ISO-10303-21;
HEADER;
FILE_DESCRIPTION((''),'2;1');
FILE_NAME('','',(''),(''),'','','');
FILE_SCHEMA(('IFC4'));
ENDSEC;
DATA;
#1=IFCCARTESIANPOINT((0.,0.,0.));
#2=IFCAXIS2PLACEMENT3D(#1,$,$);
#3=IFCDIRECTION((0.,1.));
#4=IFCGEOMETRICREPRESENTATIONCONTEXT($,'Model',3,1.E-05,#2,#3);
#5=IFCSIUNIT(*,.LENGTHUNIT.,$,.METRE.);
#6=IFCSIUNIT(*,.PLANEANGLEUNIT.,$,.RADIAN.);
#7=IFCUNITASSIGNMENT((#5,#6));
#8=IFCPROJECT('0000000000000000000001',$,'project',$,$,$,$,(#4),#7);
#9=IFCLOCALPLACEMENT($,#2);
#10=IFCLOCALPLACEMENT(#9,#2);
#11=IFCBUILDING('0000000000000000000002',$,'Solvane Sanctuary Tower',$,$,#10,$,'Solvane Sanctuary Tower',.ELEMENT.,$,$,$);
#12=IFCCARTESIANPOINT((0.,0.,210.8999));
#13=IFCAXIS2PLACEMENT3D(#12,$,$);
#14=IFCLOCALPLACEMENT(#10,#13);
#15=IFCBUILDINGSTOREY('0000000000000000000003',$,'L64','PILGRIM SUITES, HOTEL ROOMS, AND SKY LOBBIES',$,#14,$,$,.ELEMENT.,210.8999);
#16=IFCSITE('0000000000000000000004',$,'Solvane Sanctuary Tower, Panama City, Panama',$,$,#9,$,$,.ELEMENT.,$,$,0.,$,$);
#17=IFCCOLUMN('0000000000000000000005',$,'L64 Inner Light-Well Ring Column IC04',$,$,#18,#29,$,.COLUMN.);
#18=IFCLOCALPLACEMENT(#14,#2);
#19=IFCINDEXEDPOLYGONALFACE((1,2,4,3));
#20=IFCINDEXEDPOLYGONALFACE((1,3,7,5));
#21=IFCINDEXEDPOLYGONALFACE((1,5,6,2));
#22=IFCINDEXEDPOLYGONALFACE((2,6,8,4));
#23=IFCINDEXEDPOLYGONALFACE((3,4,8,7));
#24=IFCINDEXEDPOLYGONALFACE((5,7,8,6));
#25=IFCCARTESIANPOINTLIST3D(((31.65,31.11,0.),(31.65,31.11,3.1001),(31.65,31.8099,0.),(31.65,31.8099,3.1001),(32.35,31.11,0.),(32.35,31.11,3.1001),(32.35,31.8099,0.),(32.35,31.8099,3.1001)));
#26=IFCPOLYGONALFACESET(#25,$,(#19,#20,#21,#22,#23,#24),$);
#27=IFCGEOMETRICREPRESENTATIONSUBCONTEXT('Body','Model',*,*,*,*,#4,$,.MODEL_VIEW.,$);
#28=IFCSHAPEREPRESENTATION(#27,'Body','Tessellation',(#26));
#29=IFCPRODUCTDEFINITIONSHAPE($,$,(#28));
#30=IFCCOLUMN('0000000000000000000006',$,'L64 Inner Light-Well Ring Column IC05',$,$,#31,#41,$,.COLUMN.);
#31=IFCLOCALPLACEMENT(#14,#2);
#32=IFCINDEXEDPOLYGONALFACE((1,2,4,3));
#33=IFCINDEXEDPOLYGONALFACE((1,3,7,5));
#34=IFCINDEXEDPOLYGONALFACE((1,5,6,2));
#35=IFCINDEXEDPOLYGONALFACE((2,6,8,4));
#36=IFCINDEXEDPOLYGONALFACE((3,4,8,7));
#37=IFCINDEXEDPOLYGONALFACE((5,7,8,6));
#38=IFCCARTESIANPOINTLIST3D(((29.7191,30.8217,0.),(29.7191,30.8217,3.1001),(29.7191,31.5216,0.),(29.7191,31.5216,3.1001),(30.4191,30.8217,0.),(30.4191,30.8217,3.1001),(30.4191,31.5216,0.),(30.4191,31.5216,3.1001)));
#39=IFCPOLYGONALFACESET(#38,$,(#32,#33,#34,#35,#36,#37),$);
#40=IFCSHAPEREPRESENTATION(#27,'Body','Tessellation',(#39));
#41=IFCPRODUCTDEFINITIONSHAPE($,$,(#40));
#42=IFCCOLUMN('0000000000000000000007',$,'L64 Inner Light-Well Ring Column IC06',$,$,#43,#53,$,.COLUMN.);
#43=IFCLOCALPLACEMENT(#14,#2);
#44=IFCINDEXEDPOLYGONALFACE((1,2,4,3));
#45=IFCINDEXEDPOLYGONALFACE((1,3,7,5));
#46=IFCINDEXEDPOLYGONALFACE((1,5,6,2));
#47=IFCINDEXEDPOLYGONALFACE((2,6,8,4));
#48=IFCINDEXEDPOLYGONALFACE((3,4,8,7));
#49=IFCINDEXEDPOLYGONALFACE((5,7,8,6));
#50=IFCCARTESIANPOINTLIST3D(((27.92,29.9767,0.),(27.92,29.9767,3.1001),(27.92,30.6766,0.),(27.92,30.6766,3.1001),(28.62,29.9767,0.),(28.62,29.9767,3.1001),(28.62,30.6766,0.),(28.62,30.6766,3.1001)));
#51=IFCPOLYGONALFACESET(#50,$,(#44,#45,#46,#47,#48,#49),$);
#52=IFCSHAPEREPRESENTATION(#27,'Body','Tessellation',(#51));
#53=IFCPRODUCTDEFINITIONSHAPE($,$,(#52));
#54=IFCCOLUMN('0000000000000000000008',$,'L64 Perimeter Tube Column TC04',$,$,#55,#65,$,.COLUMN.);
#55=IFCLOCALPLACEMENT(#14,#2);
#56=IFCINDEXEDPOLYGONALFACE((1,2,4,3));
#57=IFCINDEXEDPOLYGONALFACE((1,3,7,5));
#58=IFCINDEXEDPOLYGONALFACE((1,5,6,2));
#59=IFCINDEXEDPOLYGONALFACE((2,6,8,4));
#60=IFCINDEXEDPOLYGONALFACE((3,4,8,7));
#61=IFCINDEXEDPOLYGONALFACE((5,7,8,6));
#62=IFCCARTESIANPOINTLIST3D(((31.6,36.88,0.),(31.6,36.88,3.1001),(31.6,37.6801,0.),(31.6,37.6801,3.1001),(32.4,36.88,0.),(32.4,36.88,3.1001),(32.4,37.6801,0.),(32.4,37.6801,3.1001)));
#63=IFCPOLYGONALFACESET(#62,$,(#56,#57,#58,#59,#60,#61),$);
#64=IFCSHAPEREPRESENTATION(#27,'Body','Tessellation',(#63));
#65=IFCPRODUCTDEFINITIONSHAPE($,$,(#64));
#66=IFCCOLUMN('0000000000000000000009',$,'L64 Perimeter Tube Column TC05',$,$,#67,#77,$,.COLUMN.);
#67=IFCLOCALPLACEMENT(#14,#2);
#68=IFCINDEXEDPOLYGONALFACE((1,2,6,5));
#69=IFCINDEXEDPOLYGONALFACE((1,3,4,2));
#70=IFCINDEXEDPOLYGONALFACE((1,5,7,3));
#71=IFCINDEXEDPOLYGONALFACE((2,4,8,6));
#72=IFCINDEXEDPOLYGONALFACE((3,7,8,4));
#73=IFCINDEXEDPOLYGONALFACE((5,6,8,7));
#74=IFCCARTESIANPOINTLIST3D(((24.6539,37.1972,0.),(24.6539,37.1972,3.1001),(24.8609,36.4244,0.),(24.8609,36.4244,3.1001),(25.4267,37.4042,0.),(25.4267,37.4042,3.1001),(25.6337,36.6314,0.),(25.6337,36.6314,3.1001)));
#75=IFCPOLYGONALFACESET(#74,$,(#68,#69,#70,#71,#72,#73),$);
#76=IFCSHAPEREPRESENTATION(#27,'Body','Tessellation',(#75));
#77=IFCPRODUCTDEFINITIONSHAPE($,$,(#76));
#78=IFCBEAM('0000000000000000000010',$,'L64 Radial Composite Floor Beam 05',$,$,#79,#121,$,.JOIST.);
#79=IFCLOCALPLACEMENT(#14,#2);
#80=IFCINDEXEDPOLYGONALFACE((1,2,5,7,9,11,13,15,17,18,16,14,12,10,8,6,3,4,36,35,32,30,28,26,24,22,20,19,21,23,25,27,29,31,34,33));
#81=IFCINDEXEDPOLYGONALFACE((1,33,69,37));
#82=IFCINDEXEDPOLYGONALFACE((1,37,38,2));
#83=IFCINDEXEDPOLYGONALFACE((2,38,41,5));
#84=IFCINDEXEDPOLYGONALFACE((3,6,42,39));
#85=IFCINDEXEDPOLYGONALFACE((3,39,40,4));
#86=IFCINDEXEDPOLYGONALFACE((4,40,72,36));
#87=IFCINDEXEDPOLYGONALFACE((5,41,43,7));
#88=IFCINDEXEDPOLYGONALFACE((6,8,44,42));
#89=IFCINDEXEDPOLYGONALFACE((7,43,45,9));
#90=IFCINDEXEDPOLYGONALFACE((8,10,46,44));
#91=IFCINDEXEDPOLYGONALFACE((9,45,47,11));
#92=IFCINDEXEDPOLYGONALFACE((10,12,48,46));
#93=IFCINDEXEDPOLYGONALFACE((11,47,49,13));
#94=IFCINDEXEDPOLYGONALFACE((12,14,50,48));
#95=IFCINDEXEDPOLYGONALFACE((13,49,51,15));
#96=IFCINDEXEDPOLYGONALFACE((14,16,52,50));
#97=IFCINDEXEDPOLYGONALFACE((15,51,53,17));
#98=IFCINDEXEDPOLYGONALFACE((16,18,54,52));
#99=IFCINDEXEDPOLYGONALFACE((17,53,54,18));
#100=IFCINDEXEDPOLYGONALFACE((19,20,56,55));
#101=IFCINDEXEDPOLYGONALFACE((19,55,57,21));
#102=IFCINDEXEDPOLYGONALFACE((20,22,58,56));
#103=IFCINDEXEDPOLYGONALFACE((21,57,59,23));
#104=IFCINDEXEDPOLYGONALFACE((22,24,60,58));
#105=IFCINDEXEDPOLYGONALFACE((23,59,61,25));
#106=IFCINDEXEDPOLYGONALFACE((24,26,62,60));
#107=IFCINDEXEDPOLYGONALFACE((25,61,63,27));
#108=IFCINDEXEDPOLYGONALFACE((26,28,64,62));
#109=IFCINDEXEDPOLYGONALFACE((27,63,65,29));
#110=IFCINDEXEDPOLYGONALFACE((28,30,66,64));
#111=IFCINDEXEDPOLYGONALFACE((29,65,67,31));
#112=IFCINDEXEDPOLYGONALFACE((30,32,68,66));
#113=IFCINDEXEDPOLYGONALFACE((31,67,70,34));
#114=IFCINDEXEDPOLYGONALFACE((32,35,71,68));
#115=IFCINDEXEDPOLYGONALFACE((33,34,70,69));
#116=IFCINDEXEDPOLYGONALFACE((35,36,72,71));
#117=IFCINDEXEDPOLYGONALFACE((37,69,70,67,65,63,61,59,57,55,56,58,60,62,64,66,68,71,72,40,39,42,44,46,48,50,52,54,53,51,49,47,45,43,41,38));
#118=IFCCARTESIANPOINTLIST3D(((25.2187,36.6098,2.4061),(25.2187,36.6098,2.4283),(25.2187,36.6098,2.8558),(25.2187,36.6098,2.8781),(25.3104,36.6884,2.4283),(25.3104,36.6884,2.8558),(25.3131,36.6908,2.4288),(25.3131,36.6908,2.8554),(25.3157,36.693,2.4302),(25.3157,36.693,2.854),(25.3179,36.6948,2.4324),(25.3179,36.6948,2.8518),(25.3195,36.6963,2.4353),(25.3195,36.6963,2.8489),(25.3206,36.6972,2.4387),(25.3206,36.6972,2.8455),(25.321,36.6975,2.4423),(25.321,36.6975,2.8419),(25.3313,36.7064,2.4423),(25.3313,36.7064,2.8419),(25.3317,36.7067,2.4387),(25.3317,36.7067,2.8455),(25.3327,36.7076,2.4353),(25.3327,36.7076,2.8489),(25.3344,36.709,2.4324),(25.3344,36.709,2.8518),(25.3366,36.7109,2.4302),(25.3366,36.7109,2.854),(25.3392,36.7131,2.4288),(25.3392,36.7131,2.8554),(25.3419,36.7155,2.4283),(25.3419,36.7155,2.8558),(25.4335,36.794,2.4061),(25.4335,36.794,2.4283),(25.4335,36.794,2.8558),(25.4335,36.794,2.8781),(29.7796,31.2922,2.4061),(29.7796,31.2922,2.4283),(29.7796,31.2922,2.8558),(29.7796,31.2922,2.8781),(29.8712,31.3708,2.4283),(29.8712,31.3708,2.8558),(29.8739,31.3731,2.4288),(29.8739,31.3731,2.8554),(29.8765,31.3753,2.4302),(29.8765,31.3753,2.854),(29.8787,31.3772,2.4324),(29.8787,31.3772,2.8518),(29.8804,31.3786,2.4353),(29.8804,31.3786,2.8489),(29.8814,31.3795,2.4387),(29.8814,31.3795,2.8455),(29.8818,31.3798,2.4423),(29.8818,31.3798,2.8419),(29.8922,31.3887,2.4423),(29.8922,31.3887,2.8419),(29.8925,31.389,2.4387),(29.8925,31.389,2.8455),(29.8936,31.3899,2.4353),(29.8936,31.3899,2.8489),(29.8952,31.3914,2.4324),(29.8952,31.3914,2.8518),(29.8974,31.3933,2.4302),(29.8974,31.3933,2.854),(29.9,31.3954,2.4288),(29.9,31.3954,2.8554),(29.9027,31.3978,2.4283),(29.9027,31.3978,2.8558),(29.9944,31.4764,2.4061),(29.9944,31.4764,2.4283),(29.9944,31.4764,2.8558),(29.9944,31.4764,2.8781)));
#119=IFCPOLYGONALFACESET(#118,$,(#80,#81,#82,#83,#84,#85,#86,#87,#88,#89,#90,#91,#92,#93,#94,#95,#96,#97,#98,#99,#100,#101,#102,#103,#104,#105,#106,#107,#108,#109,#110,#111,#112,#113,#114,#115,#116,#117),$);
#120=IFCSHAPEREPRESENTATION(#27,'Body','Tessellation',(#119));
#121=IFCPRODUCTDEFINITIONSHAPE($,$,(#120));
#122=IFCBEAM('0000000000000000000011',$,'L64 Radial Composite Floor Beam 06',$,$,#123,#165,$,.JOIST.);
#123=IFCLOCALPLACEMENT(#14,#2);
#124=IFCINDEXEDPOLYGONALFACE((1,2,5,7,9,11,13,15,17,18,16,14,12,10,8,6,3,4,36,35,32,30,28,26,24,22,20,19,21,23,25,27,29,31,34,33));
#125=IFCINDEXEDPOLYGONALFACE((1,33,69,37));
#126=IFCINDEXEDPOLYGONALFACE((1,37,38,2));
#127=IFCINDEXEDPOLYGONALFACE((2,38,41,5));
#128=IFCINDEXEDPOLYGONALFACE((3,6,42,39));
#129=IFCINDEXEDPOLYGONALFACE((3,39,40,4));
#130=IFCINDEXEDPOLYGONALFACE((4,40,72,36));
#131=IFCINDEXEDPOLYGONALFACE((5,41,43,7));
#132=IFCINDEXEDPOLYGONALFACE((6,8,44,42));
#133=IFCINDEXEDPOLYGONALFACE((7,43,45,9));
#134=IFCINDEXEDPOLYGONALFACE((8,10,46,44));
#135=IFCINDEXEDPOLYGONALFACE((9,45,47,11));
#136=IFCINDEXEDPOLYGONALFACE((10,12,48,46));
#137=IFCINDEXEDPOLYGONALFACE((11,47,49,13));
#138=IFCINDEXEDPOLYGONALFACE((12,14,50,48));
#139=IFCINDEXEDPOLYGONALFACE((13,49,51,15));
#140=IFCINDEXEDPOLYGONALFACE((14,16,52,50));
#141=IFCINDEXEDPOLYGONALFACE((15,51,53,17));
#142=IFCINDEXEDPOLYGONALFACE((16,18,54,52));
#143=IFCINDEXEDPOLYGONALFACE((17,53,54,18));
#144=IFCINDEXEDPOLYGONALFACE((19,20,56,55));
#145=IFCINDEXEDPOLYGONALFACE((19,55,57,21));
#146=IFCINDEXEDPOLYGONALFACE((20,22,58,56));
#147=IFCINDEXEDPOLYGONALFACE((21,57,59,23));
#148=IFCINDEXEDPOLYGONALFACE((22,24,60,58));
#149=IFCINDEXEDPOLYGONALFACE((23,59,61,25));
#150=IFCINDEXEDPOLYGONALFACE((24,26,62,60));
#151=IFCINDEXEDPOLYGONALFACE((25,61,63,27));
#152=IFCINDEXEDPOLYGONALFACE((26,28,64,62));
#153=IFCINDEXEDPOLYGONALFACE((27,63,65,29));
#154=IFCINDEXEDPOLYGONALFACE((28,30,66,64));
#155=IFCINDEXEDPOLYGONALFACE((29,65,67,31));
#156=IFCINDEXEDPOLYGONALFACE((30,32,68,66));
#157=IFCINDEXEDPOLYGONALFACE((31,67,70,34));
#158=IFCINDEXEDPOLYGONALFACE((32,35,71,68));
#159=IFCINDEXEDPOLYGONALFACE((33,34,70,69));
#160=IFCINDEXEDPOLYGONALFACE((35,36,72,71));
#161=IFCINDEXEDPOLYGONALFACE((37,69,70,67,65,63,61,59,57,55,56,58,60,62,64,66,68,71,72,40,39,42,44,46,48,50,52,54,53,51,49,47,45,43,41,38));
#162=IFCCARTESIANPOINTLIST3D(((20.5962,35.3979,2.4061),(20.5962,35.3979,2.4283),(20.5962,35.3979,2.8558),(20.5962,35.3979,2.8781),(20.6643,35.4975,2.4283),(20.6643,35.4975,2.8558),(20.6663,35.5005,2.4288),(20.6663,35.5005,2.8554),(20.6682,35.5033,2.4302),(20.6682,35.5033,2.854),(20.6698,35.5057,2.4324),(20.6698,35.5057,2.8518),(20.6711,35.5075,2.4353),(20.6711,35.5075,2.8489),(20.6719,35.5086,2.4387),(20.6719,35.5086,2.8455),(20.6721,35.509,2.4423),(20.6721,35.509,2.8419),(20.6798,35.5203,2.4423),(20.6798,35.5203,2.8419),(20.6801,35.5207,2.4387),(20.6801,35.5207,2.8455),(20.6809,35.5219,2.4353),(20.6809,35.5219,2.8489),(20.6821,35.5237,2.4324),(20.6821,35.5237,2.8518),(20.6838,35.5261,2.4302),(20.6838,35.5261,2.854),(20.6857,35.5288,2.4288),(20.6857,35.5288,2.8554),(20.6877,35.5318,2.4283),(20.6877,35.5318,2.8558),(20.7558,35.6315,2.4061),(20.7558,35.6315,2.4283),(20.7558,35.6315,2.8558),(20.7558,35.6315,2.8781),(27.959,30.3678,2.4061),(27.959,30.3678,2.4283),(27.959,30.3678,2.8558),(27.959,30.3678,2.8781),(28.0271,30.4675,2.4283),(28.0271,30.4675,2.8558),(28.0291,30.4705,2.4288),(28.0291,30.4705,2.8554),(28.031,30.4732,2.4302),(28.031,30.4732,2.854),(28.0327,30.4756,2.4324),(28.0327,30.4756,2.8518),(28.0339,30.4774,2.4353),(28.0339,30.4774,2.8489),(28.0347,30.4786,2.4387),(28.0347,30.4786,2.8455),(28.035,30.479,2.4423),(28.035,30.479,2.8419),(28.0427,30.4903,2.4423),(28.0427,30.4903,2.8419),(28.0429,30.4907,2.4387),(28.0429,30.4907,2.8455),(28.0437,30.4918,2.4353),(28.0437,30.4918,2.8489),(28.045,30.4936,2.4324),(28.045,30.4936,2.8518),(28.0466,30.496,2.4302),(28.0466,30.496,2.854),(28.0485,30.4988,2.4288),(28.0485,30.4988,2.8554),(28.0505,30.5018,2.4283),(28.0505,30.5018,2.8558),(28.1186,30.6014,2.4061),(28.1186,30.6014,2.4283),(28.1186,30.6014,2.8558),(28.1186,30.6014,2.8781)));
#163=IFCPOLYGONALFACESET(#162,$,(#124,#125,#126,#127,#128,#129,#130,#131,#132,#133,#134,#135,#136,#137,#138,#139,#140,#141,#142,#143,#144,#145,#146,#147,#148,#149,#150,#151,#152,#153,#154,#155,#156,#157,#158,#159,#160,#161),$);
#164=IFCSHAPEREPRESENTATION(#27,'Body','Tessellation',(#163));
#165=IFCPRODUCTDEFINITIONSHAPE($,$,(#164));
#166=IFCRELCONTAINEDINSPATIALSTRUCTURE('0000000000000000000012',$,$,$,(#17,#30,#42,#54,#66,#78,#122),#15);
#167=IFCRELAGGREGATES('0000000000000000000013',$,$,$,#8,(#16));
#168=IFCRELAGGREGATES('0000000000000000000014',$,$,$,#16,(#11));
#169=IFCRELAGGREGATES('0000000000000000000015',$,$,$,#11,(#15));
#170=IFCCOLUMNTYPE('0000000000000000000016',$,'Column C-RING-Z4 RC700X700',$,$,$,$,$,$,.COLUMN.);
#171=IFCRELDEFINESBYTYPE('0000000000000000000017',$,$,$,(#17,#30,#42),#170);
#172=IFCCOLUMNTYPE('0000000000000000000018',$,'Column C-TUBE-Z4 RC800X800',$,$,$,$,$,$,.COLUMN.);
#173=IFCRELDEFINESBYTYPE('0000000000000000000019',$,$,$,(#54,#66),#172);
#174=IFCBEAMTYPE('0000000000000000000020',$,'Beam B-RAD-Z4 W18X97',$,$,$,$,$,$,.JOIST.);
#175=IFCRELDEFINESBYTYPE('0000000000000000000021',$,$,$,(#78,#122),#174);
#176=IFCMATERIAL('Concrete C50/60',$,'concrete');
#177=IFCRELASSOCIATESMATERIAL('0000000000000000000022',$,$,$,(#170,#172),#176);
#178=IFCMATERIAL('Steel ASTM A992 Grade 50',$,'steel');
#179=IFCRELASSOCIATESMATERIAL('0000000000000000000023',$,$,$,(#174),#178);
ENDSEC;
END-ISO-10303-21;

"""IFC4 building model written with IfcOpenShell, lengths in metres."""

from ifc_helpers import new_model, si_unit, direction, frame, origin, origin_2d, place, context, subcontext, project, spatial, rectangle, i_section, extrude, material, material_profile, profile_set, type_object, element, save


model = new_model("IFC4")

# Units and contexts
model_context = context("Model", 3, precision=1e-05, world=origin(), true_north=direction((0.0, 1.0)))
body_context = subcontext(model_context, "Body", "Model", "MODEL_VIEW")
ifc_project = project(units=[si_unit("LENGTHUNIT", "METRE"), si_unit("PLANEANGLEUNIT", "RADIAN")], contexts=[model_context])

# Site, building, storey
site_placement = place(None, origin())
site = spatial("IfcSite", under=ifc_project, at=site_placement, Name="Solvane Sanctuary Tower, Panama City, Panama", CompositionType="ELEMENT", RefElevation=0.0)
building_placement = place(site_placement, origin())
building = spatial("IfcBuilding", under=site, at=building_placement, Name="Solvane Sanctuary Tower", LongName="Solvane Sanctuary Tower", CompositionType="ELEMENT")
storey_placement = place(building_placement, frame((0.0, 0.0, 210.8999)))
storey = spatial("IfcBuildingStorey", under=building, at=storey_placement, Name="L64", Description="PILGRIM SUITES, HOTEL ROOMS, AND SKY LOBBIES", CompositionType="ELEMENT", Elevation=210.8999)

# Columns
ifc_material_1 = material(Name="Concrete C50/60", Category="concrete")
ifc_material_profile_1 = material_profile(ifc_material_1, rectangle(XDim=0.7, YDim=0.7, at=origin_2d()), Name="RC700X700")
ifc_profile_set_1 = profile_set([ifc_material_profile_1], Name="Concrete C50/60")
column_type_1 = type_object("IfcColumnType", Name="Column C-RING-Z4 RC700X700", PredefinedType="COLUMN", material=ifc_profile_set_1)
for number, where, z_axis, x_axis, name in (
    (1, (32.0, 31.46, 0.0), (0.0, 0.0, 1.0), (1.0, 0.0, 0.0), "L64 Inner Light-Well Ring Column IC04"),
    (2, (30.0691, 31.1716, 0.0), (0.0, 0.0, 1.0), (1.0, 0.0, 0.0), "L64 Inner Light-Well Ring Column IC05"),
    (3, (28.27, 30.3267, 0.0), (0.0, 0.0, 1.0), (1.0, 0.0, 0.0), "L64 Inner Light-Well Ring Column IC06"),
):
    element("IfcColumn", number, at=place(storey_placement, frame(where, z_axis=z_axis, x_axis=x_axis)), inside=storey, type_object=column_type_1, Name=name, PredefinedType="COLUMN", context=body_context, shape_type="SweptSolid", body=[
        extrude(rectangle(XDim=0.7, YDim=0.7, at=origin_2d()), origin(), (0.0, 0.0, 1.0), 3.1001),
    ])
ifc_material_profile_2 = material_profile(ifc_material_1, rectangle(XDim=0.8, YDim=0.8, at=origin_2d()), Name="RC800X800")
ifc_profile_set_2 = profile_set([ifc_material_profile_2], Name="Concrete C50/60")
column_type_2 = type_object("IfcColumnType", Name="Column C-TUBE-Z4 RC800X800", PredefinedType="COLUMN", material=ifc_profile_set_2)
for number, where, z_axis, x_axis, name in (
    (4, (32.0, 37.28, 0.0), (0.0, 0.0, 1.0), (0.0, 1.0, 0.0), "L64 Perimeter Tube Column TC04"),
    (5, (25.1438, 36.9143, 0.0), (0.0, 0.0, 1.0), (-0.258819, 0.965926, 0.0), "L64 Perimeter Tube Column TC05"),
):
    element("IfcColumn", number, at=place(storey_placement, frame(where, z_axis=z_axis, x_axis=x_axis)), inside=storey, type_object=column_type_2, Name=name, PredefinedType="COLUMN", context=body_context, shape_type="SweptSolid", body=[
        extrude(rectangle(XDim=0.8, YDim=0.8, at=origin_2d()), origin(), (0.0, 0.0, 1.0), 3.1001),
    ])

# Beams
ifc_material_2 = material(Name="Steel ASTM A992 Grade 50", Category="steel")
ifc_material_profile_3 = material_profile(ifc_material_2, i_section(OverallWidth=0.283, OverallDepth=0.4719, WebThickness=0.0137, FlangeThickness=0.0222, FilletRadius=0.0139, at=origin_2d()), Name="W18X97")
ifc_profile_set_3 = profile_set([ifc_material_profile_3], Name="Steel ASTM A992 Grade 50")
beam_type_1 = type_object("IfcBeamType", Name="Beam B-RAD-Z4 W18X97", PredefinedType="JOIST", material=ifc_profile_set_3)
beam_1_placement = place(storey_placement, frame((29.887, 31.3843, 2.6421), z_axis=(-0.651024, 0.759057, 0.0), x_axis=(-0.759057, -0.651024, 0.0)))
element("IfcBeam", 6, at=beam_1_placement, inside=storey, type_object=beam_type_1, Name="L64 Radial Composite Floor Beam 05", PredefinedType="JOIST", context=body_context, shape_type="SweptSolid", body=[
    extrude(i_section(OverallWidth=0.283, OverallDepth=0.4719, WebThickness=0.0137, FlangeThickness=0.0222, FilletRadius=0.0139, at=origin_2d()), origin(), (0.0, 0.0, 1.0), 7.0056),
])
beam_2_placement = place(storey_placement, frame((28.0388, 30.4846, 2.6421), z_axis=(-0.825708, 0.564098, 0.0), x_axis=(-0.564098, -0.825708, 0.0)))
element("IfcBeam", 7, at=beam_2_placement, inside=storey, type_object=beam_type_1, Name="L64 Radial Composite Floor Beam 06", PredefinedType="JOIST", context=body_context, shape_type="SweptSolid", body=[
    extrude(i_section(OverallWidth=0.283, OverallDepth=0.4719, WebThickness=0.0137, FlangeThickness=0.0222, FilletRadius=0.0139, at=origin_2d()), origin(), (0.0, 0.0, 1.0), 8.917),
])

save(model, "model.ifc")
